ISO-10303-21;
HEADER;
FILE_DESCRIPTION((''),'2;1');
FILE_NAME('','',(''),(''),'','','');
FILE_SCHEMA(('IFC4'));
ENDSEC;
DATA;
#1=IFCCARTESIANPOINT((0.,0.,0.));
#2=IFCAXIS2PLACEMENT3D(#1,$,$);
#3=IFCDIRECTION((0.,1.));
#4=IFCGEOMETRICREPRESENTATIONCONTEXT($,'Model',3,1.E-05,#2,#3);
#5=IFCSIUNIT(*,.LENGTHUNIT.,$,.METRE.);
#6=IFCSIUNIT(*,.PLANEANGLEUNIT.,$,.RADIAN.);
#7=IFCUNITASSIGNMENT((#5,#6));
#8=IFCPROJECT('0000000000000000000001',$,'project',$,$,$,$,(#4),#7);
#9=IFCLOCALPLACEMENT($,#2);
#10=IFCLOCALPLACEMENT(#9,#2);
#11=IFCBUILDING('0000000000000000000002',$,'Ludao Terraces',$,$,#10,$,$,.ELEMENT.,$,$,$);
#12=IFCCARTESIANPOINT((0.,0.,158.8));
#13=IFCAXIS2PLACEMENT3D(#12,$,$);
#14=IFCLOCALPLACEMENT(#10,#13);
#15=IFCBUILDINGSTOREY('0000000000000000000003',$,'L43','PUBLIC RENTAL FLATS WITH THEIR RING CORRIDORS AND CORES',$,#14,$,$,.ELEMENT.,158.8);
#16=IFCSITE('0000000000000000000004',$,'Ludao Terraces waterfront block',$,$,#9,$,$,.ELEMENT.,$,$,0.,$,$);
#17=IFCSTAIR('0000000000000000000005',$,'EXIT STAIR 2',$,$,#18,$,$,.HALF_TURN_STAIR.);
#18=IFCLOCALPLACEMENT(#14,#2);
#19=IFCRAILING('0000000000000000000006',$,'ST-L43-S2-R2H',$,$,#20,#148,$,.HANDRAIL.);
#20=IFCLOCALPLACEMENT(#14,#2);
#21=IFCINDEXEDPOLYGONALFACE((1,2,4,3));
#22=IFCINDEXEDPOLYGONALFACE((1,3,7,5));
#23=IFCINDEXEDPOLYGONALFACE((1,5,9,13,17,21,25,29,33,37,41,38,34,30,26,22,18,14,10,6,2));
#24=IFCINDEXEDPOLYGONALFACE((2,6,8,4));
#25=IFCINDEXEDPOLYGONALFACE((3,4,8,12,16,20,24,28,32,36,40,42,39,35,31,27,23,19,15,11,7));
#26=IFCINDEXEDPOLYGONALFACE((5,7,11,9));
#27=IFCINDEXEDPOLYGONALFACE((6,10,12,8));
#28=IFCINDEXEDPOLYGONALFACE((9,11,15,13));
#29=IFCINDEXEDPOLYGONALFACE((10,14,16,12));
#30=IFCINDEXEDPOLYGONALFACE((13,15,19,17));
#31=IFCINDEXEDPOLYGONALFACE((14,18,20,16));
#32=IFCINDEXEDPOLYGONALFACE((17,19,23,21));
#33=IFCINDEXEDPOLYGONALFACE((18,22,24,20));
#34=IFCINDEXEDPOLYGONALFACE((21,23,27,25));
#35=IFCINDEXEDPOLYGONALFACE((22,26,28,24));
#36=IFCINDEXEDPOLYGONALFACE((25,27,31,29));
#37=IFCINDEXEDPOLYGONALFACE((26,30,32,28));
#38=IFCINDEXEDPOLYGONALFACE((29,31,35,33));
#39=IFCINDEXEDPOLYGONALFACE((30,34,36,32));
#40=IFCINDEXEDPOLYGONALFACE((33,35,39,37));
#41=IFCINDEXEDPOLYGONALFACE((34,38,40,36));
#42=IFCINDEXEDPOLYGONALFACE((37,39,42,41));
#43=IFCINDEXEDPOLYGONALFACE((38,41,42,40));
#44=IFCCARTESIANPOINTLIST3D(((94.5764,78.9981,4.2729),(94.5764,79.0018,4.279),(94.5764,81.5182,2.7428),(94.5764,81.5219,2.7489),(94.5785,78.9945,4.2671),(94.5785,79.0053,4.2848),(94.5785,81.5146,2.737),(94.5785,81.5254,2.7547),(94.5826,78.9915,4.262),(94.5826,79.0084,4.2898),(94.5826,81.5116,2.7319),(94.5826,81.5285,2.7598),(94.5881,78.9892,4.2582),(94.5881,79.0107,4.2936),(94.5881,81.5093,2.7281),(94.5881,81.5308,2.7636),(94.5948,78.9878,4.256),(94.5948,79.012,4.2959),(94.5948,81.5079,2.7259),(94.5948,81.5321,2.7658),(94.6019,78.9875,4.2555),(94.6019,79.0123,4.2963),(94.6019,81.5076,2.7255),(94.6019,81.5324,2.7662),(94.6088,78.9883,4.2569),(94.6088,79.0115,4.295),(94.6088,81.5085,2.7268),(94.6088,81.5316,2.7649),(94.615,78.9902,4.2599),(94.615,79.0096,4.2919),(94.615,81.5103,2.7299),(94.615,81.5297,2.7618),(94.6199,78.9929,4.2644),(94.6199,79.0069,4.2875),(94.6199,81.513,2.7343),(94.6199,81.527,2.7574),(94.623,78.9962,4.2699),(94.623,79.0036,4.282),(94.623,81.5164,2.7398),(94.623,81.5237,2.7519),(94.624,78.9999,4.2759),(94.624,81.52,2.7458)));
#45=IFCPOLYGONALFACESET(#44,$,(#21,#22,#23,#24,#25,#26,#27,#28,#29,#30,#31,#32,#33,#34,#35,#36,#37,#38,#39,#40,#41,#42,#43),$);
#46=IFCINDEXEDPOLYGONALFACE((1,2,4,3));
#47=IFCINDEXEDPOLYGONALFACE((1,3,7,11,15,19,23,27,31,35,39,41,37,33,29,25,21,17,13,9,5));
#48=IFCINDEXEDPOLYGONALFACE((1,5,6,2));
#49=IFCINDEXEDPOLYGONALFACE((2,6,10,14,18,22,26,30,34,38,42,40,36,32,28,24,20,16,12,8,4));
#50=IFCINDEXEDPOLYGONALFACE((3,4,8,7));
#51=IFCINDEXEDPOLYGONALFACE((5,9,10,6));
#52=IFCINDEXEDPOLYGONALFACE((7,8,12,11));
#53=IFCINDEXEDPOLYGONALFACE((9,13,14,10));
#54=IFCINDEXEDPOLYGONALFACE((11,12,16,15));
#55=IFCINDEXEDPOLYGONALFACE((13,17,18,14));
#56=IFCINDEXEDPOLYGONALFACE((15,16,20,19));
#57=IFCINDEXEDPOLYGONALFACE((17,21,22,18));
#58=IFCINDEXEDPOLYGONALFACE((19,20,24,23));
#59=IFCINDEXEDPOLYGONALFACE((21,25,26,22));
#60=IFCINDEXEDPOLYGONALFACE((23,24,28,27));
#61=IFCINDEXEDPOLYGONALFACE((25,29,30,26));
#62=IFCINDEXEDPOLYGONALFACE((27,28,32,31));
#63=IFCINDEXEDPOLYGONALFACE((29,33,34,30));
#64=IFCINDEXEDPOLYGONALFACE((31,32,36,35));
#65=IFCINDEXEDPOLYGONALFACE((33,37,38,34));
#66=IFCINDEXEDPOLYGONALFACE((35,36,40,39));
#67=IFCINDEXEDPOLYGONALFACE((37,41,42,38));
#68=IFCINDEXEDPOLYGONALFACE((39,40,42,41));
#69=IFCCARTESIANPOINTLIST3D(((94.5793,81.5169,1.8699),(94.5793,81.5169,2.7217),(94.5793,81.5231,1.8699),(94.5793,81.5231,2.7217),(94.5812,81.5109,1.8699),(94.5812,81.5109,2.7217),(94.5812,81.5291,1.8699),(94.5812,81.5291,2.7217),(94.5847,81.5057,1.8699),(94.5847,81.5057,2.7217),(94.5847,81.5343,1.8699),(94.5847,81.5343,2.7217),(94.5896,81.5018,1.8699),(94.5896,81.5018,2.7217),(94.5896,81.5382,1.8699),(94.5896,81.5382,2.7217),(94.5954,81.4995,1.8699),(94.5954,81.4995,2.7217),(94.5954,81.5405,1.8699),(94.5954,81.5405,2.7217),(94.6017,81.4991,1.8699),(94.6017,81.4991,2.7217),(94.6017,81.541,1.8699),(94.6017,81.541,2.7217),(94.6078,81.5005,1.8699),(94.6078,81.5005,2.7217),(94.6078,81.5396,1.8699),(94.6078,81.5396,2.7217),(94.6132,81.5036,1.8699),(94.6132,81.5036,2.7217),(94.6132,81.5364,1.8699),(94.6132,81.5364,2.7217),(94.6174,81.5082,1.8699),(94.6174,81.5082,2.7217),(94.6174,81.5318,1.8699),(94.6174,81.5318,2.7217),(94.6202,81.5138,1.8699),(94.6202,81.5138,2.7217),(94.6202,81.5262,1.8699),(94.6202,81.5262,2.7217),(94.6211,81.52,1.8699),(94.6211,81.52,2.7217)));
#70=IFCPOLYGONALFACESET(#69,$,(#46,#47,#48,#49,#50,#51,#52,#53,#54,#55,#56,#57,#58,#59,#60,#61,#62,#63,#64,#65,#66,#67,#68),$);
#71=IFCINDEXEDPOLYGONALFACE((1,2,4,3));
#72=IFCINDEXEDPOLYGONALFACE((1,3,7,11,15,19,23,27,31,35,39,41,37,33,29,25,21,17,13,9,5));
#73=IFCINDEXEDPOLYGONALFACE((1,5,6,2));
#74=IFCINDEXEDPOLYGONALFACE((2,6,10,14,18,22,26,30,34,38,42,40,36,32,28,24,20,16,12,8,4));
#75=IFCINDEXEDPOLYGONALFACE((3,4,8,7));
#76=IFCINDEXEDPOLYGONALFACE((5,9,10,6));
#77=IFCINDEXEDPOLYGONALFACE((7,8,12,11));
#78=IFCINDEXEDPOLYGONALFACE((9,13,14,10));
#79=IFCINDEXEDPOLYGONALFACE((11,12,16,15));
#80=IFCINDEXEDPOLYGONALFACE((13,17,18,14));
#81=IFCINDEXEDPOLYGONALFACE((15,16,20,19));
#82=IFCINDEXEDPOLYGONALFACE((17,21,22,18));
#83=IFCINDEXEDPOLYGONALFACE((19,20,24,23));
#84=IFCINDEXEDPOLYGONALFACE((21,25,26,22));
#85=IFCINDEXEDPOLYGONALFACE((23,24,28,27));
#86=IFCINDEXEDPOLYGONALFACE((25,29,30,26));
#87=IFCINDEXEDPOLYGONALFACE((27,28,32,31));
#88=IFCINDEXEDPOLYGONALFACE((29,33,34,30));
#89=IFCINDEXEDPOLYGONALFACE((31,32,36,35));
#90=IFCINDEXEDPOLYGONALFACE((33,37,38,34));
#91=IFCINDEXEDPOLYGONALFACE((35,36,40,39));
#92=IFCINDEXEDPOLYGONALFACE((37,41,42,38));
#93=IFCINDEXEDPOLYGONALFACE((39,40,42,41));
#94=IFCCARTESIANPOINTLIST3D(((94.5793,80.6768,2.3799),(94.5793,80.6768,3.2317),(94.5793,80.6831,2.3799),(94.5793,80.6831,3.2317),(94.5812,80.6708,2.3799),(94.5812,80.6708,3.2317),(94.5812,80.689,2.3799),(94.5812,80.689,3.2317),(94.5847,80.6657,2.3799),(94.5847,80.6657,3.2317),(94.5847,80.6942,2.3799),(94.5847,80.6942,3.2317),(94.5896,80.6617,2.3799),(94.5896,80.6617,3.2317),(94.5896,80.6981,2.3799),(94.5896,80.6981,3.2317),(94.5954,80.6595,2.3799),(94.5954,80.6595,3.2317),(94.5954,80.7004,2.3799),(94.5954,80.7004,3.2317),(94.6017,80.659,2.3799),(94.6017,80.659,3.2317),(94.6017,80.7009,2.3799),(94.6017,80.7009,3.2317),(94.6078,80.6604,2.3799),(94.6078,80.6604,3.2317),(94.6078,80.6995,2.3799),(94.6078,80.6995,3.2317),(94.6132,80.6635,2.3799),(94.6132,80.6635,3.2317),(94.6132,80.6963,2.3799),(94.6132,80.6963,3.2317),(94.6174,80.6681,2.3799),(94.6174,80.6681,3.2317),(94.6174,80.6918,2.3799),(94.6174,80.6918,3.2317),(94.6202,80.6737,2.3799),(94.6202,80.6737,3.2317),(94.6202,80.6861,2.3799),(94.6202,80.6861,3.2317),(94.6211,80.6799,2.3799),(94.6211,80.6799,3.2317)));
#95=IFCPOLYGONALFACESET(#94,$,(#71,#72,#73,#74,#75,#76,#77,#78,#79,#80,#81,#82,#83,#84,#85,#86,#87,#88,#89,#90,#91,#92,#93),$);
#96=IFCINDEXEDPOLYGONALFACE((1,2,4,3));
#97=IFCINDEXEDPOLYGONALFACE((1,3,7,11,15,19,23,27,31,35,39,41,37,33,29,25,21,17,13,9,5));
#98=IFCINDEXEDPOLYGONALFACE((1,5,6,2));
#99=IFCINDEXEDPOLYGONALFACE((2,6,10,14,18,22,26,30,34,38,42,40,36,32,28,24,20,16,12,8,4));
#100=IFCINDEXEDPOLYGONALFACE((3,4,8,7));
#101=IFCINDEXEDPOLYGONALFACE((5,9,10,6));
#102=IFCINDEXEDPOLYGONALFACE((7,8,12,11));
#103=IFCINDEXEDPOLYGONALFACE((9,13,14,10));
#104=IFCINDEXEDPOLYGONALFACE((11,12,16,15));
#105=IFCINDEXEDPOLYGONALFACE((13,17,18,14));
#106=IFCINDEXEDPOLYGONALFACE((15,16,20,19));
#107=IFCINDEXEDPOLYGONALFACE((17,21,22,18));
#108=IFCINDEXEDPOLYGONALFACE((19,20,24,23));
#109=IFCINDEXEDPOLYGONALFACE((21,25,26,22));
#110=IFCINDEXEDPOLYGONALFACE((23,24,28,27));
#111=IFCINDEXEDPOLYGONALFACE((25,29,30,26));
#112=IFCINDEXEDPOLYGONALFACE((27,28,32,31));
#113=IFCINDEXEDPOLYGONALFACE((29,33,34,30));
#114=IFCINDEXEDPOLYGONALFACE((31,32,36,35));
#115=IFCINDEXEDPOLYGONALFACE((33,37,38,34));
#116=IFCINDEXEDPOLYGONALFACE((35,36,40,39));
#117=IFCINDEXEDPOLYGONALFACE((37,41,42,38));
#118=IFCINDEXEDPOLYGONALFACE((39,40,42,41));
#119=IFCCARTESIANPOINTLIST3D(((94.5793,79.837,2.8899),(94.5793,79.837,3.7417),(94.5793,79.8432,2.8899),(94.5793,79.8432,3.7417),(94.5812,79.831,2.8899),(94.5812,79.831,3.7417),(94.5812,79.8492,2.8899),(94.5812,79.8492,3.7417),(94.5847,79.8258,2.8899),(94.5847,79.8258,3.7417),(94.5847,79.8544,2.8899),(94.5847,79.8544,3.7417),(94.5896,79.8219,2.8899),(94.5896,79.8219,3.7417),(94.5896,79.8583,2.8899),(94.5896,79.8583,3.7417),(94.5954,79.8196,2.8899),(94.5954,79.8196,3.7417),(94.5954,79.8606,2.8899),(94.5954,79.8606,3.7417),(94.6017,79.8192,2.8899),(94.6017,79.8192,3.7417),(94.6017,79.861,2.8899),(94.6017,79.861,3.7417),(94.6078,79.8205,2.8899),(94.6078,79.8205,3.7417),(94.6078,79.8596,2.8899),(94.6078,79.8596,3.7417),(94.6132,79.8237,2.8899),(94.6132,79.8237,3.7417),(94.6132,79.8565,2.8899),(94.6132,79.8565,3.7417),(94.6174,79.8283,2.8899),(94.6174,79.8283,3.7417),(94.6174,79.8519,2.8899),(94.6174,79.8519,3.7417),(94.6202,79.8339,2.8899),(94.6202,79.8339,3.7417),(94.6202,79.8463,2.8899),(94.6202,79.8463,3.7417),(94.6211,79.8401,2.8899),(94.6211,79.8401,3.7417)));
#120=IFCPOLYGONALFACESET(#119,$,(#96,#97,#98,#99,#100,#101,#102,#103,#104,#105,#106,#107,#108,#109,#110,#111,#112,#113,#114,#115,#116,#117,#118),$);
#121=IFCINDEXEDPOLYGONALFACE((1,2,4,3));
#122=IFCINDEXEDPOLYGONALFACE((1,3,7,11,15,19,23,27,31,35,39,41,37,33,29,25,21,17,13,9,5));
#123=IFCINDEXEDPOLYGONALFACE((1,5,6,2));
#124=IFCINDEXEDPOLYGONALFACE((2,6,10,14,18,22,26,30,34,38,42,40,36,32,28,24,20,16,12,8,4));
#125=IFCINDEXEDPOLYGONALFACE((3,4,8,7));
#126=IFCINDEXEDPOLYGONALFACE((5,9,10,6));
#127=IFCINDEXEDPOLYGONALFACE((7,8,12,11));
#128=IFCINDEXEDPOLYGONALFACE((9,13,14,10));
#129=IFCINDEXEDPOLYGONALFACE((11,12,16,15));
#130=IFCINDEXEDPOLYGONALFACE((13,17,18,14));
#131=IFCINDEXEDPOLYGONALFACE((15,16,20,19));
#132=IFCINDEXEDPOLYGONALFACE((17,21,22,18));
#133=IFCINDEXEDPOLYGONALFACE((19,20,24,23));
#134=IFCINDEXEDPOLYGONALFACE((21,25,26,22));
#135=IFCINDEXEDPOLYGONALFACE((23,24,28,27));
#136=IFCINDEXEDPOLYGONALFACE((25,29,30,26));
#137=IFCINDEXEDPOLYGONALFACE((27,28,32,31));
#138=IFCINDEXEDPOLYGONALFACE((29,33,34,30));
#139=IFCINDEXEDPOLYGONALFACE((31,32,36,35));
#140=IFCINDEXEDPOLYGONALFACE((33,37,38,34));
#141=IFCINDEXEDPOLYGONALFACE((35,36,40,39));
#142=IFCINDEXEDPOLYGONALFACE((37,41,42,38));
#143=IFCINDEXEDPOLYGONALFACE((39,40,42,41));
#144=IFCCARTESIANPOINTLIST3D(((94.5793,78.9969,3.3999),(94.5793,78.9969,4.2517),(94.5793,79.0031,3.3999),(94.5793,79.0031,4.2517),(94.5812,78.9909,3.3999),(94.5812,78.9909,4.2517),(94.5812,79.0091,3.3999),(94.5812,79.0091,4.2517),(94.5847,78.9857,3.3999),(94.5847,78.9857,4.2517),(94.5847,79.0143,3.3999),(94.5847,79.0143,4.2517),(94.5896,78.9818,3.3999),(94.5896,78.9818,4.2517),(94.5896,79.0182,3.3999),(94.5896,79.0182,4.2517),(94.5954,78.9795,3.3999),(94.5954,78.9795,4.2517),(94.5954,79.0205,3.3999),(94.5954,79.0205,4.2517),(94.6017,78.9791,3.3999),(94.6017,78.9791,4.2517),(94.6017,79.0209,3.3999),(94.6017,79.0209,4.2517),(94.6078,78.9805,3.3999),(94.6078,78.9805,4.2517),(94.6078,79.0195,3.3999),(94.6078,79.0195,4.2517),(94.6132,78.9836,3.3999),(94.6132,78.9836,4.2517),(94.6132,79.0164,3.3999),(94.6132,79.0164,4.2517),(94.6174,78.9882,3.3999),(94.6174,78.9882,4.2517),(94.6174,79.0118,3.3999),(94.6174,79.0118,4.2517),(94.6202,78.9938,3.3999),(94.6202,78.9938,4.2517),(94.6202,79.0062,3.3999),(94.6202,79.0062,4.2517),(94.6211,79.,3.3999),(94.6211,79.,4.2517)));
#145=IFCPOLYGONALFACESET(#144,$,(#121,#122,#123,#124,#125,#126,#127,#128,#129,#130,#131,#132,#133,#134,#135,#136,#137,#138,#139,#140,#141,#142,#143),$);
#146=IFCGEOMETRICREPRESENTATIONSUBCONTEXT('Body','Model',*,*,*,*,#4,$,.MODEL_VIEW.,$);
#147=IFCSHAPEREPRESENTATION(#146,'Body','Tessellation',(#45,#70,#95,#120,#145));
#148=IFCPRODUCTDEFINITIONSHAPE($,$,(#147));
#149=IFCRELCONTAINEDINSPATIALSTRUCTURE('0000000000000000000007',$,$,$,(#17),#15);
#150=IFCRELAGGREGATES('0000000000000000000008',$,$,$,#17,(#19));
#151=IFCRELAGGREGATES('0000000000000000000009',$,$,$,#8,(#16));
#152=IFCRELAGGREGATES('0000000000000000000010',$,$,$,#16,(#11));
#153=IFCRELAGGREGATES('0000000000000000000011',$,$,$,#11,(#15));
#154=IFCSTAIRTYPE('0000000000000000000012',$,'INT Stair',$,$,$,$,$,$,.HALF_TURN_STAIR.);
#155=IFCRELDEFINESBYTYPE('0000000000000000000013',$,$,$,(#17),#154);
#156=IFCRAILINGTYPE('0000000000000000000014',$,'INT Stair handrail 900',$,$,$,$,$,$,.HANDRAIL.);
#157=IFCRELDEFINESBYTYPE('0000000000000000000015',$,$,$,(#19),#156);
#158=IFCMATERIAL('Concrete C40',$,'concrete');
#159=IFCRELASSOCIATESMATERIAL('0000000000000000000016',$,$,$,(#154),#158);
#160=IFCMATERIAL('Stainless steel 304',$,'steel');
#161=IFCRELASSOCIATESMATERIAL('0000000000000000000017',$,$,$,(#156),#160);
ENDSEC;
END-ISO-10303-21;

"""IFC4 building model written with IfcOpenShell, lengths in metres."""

from ifc_helpers import new_model, si_unit, direction, frame, origin, origin_2d, place, context, subcontext, project, spatial, circle, extrude, material, type_object, element, aggregate, save


model = new_model("IFC4")

# Units and contexts
model_context = context("Model", 3, precision=1e-05, world=origin(), true_north=direction((0.0, 1.0)))
body_context = subcontext(model_context, "Body", "Model", "MODEL_VIEW")
ifc_project = project(units=[si_unit("LENGTHUNIT", "METRE"), si_unit("PLANEANGLEUNIT", "RADIAN")], contexts=[model_context])

# Site, building, storey
site_placement = place(None, origin())
site = spatial("IfcSite", under=ifc_project, at=site_placement, Name="Ludao Terraces waterfront block", CompositionType="ELEMENT", RefElevation=0.0)
building_placement = place(site_placement, origin())
building = spatial("IfcBuilding", under=site, at=building_placement, Name="Ludao Terraces", CompositionType="ELEMENT")
storey_placement = place(building_placement, frame((0.0, 0.0, 158.8)))
storey = spatial("IfcBuildingStorey", under=building, at=storey_placement, Name="L43", Description="PUBLIC RENTAL FLATS WITH THEIR RING CORRIDORS AND CORES", CompositionType="ELEMENT", Elevation=158.8)

# Shared definitions
ifc_material_1 = material(Name="Concrete C40", Category="concrete")

# Stair, railing
stair_type = type_object("IfcStairType", Name="INT Stair", PredefinedType="HALF_TURN_STAIR", material=ifc_material_1)
stair_placement = place(storey_placement, origin())
stair = element("IfcStair", 1, at=stair_placement, inside=storey, type_object=stair_type, Name="EXIT STAIR 2", PredefinedType="HALF_TURN_STAIR")
ifc_material_2 = material(Name="Stainless steel 304", Category="steel")
railing_type = type_object("IfcRailingType", Name="INT Stair handrail 900", PredefinedType="HANDRAIL", material=ifc_material_2)
railing_placement = place(storey_placement, frame((94.6001, 81.52, 1.8699)))
railing = element("IfcRailing", 2, at=railing_placement, type_object=railing_type, Name="ST-L43-S2-R2H", PredefinedType="HANDRAIL", context=body_context, shape_type="SweptSolid", body=[
    extrude(circle(Radius=0.0239, at=origin_2d()), frame((0.0, 0.0, 0.876), z_axis=(0.0, -0.854785, 0.518982), x_axis=(1.0, 0.0, 0.0)), (0.0, 0.0, 1.0), 2.9482),
    extrude(circle(Radius=0.021, at=origin_2d()), origin(), (0.0, 0.0, 1.0), 0.8518),
    extrude(circle(Radius=0.021, at=origin_2d()), frame((0.0, -0.8401, 0.51)), (0.0, 0.0, 1.0), 0.8518),
    extrude(circle(Radius=0.021, at=origin_2d()), frame((0.0, -1.6799, 1.02)), (0.0, 0.0, 1.0), 0.8518),
    extrude(circle(Radius=0.021, at=origin_2d()), frame((0.0, -2.52, 1.53)), (0.0, 0.0, 1.0), 0.8518),
])
aggregate(stair, [railing])

save(model, "model.ifc")
